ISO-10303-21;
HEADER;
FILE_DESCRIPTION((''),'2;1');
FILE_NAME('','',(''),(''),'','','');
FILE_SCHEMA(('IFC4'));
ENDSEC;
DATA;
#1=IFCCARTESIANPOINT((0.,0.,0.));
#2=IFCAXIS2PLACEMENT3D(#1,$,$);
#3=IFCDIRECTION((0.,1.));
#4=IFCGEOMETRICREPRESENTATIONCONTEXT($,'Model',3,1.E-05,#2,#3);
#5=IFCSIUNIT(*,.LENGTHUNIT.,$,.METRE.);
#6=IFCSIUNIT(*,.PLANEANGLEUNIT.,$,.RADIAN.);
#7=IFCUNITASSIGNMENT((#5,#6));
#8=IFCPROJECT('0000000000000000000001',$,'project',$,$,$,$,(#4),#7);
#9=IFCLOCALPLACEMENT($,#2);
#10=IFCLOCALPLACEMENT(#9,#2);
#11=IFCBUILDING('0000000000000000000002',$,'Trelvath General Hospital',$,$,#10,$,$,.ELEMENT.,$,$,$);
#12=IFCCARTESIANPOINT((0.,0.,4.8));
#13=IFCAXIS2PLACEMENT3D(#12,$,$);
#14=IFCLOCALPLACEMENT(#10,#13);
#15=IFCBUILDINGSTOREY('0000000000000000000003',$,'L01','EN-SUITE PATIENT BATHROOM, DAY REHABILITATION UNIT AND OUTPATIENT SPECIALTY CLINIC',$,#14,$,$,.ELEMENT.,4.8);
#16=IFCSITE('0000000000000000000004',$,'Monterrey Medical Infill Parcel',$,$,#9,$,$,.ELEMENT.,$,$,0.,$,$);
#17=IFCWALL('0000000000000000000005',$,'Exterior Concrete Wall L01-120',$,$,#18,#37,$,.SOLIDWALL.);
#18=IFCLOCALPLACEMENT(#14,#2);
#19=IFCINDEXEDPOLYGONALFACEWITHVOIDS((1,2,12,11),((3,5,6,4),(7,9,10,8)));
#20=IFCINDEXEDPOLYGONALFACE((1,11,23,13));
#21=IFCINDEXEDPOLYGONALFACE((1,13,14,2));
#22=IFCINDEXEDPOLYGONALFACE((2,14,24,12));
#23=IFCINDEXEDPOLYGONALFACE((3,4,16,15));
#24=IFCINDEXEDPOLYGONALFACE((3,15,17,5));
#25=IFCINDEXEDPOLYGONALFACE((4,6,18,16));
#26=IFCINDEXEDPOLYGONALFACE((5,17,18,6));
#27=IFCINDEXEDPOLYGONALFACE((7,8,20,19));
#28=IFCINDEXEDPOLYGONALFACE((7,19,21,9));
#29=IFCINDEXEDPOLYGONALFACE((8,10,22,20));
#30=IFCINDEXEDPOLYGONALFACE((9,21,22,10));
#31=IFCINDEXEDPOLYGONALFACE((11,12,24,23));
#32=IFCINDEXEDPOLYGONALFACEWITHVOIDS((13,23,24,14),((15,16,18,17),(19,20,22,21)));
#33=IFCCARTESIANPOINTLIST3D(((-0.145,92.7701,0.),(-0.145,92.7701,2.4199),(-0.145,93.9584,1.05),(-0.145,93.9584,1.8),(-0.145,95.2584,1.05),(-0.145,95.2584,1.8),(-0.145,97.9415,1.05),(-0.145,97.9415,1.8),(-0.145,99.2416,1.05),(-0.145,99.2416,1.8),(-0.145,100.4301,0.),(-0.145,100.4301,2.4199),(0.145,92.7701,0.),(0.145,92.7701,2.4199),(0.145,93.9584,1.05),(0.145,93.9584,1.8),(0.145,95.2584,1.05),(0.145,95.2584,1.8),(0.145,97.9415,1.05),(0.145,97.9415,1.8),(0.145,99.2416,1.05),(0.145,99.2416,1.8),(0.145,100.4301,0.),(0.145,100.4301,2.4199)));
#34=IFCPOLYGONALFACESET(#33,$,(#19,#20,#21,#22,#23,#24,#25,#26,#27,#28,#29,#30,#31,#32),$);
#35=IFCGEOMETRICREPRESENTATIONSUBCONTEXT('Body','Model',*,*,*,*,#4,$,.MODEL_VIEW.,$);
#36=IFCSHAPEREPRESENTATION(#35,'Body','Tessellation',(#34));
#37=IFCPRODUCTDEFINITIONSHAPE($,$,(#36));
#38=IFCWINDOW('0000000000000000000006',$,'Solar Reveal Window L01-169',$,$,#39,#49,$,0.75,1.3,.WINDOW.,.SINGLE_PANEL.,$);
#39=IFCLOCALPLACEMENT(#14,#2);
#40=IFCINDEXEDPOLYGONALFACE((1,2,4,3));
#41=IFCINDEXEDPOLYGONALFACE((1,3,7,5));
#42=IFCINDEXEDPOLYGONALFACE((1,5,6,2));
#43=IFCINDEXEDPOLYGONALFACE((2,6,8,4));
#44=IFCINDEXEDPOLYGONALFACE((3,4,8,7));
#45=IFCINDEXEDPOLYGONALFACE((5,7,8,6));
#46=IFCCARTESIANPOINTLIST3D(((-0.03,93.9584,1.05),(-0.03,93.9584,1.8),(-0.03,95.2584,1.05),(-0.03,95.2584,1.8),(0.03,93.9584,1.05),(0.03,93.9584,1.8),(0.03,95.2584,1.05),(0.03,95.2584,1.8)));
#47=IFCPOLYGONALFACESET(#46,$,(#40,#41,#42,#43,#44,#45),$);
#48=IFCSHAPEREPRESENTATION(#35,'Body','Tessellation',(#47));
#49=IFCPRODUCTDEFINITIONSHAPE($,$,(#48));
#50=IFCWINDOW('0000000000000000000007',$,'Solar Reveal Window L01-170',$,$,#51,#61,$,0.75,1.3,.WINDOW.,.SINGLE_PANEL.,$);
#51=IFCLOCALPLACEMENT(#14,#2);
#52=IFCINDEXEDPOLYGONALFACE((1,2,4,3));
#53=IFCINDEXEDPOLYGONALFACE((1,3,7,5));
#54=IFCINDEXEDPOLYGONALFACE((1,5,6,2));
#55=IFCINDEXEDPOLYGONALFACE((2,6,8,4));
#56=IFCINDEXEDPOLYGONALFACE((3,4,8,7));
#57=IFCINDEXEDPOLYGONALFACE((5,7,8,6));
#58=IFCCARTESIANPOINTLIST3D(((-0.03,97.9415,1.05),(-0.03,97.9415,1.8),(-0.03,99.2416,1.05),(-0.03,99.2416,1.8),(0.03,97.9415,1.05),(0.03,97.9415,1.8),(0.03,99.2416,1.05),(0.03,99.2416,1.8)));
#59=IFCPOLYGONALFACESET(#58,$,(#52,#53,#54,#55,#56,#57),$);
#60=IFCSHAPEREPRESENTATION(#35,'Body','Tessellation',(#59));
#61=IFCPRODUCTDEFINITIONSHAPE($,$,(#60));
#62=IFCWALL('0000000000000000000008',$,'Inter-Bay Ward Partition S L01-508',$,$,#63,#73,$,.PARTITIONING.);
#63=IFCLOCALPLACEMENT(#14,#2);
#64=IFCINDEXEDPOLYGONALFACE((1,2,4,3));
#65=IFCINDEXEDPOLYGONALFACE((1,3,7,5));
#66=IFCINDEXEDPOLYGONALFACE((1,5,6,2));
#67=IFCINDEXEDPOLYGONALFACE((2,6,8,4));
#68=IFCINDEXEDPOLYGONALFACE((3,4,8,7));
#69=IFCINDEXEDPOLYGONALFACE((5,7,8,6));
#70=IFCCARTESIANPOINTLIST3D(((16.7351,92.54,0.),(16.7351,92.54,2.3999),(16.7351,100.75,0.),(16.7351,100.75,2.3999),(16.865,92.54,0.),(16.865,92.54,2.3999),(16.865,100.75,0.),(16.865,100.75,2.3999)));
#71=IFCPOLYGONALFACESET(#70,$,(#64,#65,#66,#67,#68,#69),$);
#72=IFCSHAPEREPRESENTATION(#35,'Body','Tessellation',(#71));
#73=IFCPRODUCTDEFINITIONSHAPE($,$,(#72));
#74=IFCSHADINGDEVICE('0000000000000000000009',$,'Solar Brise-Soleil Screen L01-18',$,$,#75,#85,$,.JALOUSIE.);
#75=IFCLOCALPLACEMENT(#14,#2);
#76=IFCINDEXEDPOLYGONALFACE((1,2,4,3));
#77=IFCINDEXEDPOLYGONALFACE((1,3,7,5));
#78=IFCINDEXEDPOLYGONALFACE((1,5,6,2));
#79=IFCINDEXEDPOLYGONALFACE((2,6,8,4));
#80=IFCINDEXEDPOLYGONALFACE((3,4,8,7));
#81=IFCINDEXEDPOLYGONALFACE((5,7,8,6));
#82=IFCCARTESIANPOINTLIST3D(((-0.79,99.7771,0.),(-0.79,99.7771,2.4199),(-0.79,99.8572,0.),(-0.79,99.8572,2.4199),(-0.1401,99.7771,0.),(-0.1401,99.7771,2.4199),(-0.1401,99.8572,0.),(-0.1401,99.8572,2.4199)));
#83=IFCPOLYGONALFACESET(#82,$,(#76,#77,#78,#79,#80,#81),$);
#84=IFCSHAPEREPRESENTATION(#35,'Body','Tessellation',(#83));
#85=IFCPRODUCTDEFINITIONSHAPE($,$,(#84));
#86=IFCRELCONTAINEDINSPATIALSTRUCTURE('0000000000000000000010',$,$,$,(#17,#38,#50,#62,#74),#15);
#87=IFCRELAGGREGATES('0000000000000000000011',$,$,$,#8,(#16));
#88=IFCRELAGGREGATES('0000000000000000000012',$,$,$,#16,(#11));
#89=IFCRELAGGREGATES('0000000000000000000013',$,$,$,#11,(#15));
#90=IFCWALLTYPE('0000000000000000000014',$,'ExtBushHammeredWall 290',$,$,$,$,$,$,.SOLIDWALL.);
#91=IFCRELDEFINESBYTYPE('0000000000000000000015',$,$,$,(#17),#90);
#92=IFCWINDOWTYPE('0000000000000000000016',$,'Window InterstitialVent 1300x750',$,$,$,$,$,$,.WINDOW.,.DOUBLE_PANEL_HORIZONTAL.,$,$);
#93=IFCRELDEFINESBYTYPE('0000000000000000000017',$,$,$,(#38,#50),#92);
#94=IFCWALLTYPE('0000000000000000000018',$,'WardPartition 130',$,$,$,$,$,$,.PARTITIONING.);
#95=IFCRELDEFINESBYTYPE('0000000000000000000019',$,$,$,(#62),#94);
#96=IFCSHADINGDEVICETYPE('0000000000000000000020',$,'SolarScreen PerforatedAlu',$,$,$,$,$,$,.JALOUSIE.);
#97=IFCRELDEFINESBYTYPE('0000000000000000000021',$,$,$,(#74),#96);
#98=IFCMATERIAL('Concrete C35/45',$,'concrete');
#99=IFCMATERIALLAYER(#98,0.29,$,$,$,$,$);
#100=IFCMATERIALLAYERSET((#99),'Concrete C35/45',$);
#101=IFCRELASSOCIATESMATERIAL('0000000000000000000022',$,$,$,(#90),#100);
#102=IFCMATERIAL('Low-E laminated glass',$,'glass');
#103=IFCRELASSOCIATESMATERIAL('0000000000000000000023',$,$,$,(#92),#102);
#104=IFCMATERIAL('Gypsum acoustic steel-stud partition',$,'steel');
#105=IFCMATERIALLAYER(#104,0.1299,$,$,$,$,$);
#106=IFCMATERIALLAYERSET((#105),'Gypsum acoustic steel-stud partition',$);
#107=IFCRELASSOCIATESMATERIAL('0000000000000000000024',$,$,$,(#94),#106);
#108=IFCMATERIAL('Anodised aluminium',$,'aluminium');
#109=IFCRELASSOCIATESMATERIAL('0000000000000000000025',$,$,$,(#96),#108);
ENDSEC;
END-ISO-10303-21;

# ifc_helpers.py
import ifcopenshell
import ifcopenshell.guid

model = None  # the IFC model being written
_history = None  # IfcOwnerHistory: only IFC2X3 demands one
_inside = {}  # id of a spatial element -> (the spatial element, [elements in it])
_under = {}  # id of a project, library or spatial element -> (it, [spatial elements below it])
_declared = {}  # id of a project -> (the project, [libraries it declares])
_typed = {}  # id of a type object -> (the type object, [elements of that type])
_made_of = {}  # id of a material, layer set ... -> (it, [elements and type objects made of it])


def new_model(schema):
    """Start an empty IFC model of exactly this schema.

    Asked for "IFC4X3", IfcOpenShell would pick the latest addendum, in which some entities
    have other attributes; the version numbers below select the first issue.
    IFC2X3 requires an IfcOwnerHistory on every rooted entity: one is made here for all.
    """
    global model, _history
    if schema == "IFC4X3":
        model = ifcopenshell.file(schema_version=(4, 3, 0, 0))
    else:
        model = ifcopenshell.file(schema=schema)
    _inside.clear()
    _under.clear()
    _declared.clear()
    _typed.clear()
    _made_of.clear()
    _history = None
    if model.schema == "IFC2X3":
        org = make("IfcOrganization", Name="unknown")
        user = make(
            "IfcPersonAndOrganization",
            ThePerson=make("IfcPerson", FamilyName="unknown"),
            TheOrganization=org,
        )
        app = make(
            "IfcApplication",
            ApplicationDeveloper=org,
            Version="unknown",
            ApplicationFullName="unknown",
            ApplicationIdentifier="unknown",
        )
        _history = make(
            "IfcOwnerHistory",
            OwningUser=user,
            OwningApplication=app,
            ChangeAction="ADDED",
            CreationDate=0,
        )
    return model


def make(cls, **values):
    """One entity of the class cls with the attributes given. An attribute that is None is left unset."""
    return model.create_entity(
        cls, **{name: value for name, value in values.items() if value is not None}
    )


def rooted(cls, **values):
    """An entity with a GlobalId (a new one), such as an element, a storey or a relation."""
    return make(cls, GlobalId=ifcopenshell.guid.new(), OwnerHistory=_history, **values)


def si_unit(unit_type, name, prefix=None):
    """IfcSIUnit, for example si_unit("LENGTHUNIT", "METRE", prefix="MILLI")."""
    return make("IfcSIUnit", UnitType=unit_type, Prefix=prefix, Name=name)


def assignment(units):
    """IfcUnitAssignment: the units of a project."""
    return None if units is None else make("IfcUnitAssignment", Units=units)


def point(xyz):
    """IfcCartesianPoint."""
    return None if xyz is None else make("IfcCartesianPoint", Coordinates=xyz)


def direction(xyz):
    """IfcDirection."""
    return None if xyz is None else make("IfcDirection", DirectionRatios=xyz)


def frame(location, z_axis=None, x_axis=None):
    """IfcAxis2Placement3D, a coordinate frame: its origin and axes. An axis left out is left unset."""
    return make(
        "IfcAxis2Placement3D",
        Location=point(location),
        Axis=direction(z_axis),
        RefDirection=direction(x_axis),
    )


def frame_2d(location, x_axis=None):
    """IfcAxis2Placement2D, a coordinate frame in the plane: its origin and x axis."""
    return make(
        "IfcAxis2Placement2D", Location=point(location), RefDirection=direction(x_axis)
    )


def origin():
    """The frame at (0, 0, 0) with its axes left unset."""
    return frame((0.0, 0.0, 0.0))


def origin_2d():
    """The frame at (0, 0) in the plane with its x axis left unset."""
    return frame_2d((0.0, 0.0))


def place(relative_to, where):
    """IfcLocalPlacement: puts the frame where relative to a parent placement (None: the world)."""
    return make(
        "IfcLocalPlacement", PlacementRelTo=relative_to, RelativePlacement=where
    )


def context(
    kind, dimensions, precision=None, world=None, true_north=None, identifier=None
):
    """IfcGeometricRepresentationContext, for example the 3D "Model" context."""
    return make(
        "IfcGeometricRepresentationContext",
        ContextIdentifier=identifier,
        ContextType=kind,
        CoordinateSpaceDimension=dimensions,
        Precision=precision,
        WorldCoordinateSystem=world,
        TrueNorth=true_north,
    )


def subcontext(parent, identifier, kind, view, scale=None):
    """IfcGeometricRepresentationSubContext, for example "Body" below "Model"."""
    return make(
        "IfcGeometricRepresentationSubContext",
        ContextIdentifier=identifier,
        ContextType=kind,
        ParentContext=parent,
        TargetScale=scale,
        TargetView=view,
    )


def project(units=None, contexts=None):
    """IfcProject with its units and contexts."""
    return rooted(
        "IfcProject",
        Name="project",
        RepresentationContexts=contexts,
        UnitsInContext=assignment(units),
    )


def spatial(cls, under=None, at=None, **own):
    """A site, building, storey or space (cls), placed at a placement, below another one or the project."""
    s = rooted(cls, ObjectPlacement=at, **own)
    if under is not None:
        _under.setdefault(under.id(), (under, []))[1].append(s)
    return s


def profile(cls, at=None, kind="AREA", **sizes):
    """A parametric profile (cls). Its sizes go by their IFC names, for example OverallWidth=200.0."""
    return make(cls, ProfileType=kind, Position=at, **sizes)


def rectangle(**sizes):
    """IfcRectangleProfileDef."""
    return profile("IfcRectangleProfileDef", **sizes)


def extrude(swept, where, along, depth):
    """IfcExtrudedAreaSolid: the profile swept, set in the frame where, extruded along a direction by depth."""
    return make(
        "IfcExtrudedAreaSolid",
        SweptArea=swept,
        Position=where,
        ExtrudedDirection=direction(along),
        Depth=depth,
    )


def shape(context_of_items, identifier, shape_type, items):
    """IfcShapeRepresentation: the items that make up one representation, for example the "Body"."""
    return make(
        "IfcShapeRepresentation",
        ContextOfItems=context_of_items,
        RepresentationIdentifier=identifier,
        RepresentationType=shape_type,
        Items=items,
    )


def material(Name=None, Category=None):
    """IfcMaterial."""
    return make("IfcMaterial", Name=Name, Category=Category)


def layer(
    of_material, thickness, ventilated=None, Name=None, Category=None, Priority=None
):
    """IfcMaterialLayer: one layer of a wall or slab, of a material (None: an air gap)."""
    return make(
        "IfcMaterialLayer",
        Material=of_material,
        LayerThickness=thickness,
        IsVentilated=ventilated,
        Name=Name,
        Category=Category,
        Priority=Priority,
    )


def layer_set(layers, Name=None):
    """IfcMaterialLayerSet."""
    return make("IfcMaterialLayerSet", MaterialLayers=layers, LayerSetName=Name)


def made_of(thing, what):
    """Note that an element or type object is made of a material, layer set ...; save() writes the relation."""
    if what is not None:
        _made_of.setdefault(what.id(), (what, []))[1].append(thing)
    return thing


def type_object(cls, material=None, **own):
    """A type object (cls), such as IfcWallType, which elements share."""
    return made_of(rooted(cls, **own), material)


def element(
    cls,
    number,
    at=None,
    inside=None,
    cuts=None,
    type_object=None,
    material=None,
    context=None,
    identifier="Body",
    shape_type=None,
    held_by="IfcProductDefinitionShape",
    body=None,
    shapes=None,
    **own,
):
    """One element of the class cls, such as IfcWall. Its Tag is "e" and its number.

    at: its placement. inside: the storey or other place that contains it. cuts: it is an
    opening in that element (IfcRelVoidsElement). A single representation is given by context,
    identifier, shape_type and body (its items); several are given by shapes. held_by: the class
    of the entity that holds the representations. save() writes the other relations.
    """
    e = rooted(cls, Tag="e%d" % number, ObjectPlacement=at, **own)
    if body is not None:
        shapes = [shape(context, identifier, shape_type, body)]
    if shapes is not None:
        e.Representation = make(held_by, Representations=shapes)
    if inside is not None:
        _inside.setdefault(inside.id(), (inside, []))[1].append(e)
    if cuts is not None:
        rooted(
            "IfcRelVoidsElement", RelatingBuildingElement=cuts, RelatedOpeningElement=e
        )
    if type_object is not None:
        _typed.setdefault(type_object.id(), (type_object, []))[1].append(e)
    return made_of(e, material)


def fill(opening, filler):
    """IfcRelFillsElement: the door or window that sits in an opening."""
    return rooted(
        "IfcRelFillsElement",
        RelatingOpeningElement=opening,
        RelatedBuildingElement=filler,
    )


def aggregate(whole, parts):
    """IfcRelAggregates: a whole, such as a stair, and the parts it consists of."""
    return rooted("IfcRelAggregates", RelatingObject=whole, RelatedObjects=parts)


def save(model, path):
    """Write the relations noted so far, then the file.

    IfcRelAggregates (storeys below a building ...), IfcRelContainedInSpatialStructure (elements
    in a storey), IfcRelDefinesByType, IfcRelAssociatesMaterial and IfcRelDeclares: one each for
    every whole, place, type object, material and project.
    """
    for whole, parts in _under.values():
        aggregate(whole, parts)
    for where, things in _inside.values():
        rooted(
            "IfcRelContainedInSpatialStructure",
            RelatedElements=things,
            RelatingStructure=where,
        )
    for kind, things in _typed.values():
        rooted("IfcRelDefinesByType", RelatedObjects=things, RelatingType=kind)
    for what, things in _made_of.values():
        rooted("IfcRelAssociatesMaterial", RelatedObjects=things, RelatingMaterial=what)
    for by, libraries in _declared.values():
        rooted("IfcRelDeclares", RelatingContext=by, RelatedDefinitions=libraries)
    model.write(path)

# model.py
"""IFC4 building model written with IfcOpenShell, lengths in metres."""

from ifc_helpers import new_model, si_unit, direction, frame, frame_2d, origin, origin_2d, place, context, subcontext, project, spatial, rectangle, extrude, material, layer, layer_set, type_object, element, fill, save


model = new_model("IFC4")

# Units and contexts
model_context = context("Model", 3, precision=1e-05, world=origin(), true_north=direction((0.0, 1.0)))
body_context = subcontext(model_context, "Body", "Model", "MODEL_VIEW")
ifc_project = project(units=[si_unit("LENGTHUNIT", "METRE"), si_unit("PLANEANGLEUNIT", "RADIAN")], contexts=[model_context])

# Site, building, storey
site_placement = place(None, origin())
site = spatial("IfcSite", under=ifc_project, at=site_placement, Name="Monterrey Medical Infill Parcel", CompositionType="ELEMENT", RefElevation=0.0)
building_placement = place(site_placement, origin())
building = spatial("IfcBuilding", under=site, at=building_placement, Name="Trelvath General Hospital", CompositionType="ELEMENT")
storey_placement = place(building_placement, frame((0.0, 0.0, 4.8)))
storey = spatial("IfcBuildingStorey", under=building, at=storey_placement, Name="L01", Description="EN-SUITE PATIENT BATHROOM, DAY REHABILITATION UNIT AND OUTPATIENT SPECIALTY CLINIC", CompositionType="ELEMENT", Elevation=4.8)

# Wall, openings, windows
ifc_material_1 = material(Name="Concrete C35/45", Category="concrete")
ifc_layer_1 = layer(ifc_material_1, 0.29)
ifc_layer_set_1 = layer_set([ifc_layer_1], Name="Concrete C35/45")
wall_type_1 = type_object("IfcWallType", Name="ExtBushHammeredWall 290", PredefinedType="SOLIDWALL", material=ifc_layer_set_1)
wall_1_placement = place(storey_placement, frame((0.0, 92.77, 0.0), z_axis=(0.0, 0.0, 1.0), x_axis=(0.0, 1.0, 0.0)))
wall_1 = element("IfcWall", 1, at=wall_1_placement, inside=storey, type_object=wall_type_1, Name="Exterior Concrete Wall L01-120", PredefinedType="SOLIDWALL", context=body_context, shape_type="SweptSolid", body=[
    extrude(rectangle(XDim=7.6599, YDim=0.29, at=frame_2d((3.8301, 0.0))), origin(), (0.0, 0.0, 1.0), 2.4199),
])
opening_1_placement = place(wall_1_placement, frame((1.1885, 0.0, 1.05)))
opening_1 = element("IfcOpeningElement", 2, at=opening_1_placement, cuts=wall_1, PredefinedType="OPENING", context=body_context, shape_type="SweptSolid", body=[
    extrude(rectangle(XDim=1.3, YDim=0.75, at=frame_2d((0.6499, 0.375))), frame((0.0, 0.155, 0.0), z_axis=(0.0, -1.0, 0.0), x_axis=(1.0, 0.0, 0.0)), (0.0, 0.0, 1.0), 0.3101),
])
opening_2_placement = place(wall_1_placement, frame((5.1716, 0.0, 1.05)))
opening_2 = element("IfcOpeningElement", 3, at=opening_2_placement, cuts=wall_1, PredefinedType="OPENING", context=body_context, shape_type="SweptSolid", body=[
    extrude(rectangle(XDim=1.3, YDim=0.75, at=frame_2d((0.6499, 0.375))), frame((0.0, 0.155, 0.0), z_axis=(0.0, -1.0, 0.0), x_axis=(1.0, 0.0, 0.0)), (0.0, 0.0, 1.0), 0.3101),
])
ifc_material_2 = material(Name="Low-E laminated glass", Category="glass")
window_type = type_object("IfcWindowType", Name="Window InterstitialVent 1300x750", PartitioningType="DOUBLE_PANEL_HORIZONTAL", PredefinedType="WINDOW", material=ifc_material_2)
window_1_placement = place(opening_1_placement, origin())
window_1 = element("IfcWindow", 4, at=window_1_placement, inside=storey, type_object=window_type, Name="Solar Reveal Window L01-169", OverallHeight=0.75, OverallWidth=1.3, PartitioningType="SINGLE_PANEL", PredefinedType="WINDOW", context=body_context, shape_type="SweptSolid", body=[
    extrude(rectangle(XDim=1.3, YDim=0.75, at=frame_2d((0.6499, 0.375))), frame((0.0, 0.03, 0.0), z_axis=(0.0, -1.0, 0.0), x_axis=(1.0, 0.0, 0.0)), (0.0, 0.0, 1.0), 0.0601),
])
fill(opening_1, window_1)
window_2_placement = place(opening_2_placement, origin())
window_2 = element("IfcWindow", 5, at=window_2_placement, inside=storey, type_object=window_type, Name="Solar Reveal Window L01-170", OverallHeight=0.75, OverallWidth=1.3, PartitioningType="SINGLE_PANEL", PredefinedType="WINDOW", context=body_context, shape_type="SweptSolid", body=[
    extrude(rectangle(XDim=1.3, YDim=0.75, at=frame_2d((0.6499, 0.375))), frame((0.0, 0.03, 0.0), z_axis=(0.0, -1.0, 0.0), x_axis=(1.0, 0.0, 0.0)), (0.0, 0.0, 1.0), 0.0601),
])
fill(opening_2, window_2)

# Wall
ifc_material_3 = material(Name="Gypsum acoustic steel-stud partition", Category="steel")
ifc_layer_2 = layer(ifc_material_3, 0.1299)
ifc_layer_set_2 = layer_set([ifc_layer_2], Name="Gypsum acoustic steel-stud partition")
wall_type_2 = type_object("IfcWallType", Name="WardPartition 130", PredefinedType="PARTITIONING", material=ifc_layer_set_2)
wall_2_placement = place(storey_placement, frame((16.8, 92.54, 0.0), z_axis=(0.0, 0.0, 1.0), x_axis=(0.0, 1.0, 0.0)))
element("IfcWall", 6, at=wall_2_placement, inside=storey, type_object=wall_type_2, Name="Inter-Bay Ward Partition S L01-508", PredefinedType="PARTITIONING", context=body_context, shape_type="SweptSolid", body=[
    extrude(rectangle(XDim=8.21, YDim=0.1299, at=frame_2d((4.105, 0.0))), origin(), (0.0, 0.0, 1.0), 2.3999),
])

# Shading device
ifc_material_4 = material(Name="Anodised aluminium", Category="aluminium")
shading_device_type = type_object("IfcShadingDeviceType", Name="SolarScreen PerforatedAlu", PredefinedType="JALOUSIE", material=ifc_material_4)
shading_device_placement = place(storey_placement, frame((-0.4651, 99.8171, 0.0), z_axis=(0.0, 0.0, 1.0), x_axis=(-1.0, 0.0, 0.0)))
element("IfcShadingDevice", 7, at=shading_device_placement, inside=storey, type_object=shading_device_type, Name="Solar Brise-Soleil Screen L01-18", PredefinedType="JALOUSIE", context=body_context, shape_type="SweptSolid", body=[
    extrude(rectangle(XDim=0.6499, YDim=0.0801, at=origin_2d()), origin(), (0.0, 0.0, 1.0), 2.4199),
])

save(model, "model.ifc")
